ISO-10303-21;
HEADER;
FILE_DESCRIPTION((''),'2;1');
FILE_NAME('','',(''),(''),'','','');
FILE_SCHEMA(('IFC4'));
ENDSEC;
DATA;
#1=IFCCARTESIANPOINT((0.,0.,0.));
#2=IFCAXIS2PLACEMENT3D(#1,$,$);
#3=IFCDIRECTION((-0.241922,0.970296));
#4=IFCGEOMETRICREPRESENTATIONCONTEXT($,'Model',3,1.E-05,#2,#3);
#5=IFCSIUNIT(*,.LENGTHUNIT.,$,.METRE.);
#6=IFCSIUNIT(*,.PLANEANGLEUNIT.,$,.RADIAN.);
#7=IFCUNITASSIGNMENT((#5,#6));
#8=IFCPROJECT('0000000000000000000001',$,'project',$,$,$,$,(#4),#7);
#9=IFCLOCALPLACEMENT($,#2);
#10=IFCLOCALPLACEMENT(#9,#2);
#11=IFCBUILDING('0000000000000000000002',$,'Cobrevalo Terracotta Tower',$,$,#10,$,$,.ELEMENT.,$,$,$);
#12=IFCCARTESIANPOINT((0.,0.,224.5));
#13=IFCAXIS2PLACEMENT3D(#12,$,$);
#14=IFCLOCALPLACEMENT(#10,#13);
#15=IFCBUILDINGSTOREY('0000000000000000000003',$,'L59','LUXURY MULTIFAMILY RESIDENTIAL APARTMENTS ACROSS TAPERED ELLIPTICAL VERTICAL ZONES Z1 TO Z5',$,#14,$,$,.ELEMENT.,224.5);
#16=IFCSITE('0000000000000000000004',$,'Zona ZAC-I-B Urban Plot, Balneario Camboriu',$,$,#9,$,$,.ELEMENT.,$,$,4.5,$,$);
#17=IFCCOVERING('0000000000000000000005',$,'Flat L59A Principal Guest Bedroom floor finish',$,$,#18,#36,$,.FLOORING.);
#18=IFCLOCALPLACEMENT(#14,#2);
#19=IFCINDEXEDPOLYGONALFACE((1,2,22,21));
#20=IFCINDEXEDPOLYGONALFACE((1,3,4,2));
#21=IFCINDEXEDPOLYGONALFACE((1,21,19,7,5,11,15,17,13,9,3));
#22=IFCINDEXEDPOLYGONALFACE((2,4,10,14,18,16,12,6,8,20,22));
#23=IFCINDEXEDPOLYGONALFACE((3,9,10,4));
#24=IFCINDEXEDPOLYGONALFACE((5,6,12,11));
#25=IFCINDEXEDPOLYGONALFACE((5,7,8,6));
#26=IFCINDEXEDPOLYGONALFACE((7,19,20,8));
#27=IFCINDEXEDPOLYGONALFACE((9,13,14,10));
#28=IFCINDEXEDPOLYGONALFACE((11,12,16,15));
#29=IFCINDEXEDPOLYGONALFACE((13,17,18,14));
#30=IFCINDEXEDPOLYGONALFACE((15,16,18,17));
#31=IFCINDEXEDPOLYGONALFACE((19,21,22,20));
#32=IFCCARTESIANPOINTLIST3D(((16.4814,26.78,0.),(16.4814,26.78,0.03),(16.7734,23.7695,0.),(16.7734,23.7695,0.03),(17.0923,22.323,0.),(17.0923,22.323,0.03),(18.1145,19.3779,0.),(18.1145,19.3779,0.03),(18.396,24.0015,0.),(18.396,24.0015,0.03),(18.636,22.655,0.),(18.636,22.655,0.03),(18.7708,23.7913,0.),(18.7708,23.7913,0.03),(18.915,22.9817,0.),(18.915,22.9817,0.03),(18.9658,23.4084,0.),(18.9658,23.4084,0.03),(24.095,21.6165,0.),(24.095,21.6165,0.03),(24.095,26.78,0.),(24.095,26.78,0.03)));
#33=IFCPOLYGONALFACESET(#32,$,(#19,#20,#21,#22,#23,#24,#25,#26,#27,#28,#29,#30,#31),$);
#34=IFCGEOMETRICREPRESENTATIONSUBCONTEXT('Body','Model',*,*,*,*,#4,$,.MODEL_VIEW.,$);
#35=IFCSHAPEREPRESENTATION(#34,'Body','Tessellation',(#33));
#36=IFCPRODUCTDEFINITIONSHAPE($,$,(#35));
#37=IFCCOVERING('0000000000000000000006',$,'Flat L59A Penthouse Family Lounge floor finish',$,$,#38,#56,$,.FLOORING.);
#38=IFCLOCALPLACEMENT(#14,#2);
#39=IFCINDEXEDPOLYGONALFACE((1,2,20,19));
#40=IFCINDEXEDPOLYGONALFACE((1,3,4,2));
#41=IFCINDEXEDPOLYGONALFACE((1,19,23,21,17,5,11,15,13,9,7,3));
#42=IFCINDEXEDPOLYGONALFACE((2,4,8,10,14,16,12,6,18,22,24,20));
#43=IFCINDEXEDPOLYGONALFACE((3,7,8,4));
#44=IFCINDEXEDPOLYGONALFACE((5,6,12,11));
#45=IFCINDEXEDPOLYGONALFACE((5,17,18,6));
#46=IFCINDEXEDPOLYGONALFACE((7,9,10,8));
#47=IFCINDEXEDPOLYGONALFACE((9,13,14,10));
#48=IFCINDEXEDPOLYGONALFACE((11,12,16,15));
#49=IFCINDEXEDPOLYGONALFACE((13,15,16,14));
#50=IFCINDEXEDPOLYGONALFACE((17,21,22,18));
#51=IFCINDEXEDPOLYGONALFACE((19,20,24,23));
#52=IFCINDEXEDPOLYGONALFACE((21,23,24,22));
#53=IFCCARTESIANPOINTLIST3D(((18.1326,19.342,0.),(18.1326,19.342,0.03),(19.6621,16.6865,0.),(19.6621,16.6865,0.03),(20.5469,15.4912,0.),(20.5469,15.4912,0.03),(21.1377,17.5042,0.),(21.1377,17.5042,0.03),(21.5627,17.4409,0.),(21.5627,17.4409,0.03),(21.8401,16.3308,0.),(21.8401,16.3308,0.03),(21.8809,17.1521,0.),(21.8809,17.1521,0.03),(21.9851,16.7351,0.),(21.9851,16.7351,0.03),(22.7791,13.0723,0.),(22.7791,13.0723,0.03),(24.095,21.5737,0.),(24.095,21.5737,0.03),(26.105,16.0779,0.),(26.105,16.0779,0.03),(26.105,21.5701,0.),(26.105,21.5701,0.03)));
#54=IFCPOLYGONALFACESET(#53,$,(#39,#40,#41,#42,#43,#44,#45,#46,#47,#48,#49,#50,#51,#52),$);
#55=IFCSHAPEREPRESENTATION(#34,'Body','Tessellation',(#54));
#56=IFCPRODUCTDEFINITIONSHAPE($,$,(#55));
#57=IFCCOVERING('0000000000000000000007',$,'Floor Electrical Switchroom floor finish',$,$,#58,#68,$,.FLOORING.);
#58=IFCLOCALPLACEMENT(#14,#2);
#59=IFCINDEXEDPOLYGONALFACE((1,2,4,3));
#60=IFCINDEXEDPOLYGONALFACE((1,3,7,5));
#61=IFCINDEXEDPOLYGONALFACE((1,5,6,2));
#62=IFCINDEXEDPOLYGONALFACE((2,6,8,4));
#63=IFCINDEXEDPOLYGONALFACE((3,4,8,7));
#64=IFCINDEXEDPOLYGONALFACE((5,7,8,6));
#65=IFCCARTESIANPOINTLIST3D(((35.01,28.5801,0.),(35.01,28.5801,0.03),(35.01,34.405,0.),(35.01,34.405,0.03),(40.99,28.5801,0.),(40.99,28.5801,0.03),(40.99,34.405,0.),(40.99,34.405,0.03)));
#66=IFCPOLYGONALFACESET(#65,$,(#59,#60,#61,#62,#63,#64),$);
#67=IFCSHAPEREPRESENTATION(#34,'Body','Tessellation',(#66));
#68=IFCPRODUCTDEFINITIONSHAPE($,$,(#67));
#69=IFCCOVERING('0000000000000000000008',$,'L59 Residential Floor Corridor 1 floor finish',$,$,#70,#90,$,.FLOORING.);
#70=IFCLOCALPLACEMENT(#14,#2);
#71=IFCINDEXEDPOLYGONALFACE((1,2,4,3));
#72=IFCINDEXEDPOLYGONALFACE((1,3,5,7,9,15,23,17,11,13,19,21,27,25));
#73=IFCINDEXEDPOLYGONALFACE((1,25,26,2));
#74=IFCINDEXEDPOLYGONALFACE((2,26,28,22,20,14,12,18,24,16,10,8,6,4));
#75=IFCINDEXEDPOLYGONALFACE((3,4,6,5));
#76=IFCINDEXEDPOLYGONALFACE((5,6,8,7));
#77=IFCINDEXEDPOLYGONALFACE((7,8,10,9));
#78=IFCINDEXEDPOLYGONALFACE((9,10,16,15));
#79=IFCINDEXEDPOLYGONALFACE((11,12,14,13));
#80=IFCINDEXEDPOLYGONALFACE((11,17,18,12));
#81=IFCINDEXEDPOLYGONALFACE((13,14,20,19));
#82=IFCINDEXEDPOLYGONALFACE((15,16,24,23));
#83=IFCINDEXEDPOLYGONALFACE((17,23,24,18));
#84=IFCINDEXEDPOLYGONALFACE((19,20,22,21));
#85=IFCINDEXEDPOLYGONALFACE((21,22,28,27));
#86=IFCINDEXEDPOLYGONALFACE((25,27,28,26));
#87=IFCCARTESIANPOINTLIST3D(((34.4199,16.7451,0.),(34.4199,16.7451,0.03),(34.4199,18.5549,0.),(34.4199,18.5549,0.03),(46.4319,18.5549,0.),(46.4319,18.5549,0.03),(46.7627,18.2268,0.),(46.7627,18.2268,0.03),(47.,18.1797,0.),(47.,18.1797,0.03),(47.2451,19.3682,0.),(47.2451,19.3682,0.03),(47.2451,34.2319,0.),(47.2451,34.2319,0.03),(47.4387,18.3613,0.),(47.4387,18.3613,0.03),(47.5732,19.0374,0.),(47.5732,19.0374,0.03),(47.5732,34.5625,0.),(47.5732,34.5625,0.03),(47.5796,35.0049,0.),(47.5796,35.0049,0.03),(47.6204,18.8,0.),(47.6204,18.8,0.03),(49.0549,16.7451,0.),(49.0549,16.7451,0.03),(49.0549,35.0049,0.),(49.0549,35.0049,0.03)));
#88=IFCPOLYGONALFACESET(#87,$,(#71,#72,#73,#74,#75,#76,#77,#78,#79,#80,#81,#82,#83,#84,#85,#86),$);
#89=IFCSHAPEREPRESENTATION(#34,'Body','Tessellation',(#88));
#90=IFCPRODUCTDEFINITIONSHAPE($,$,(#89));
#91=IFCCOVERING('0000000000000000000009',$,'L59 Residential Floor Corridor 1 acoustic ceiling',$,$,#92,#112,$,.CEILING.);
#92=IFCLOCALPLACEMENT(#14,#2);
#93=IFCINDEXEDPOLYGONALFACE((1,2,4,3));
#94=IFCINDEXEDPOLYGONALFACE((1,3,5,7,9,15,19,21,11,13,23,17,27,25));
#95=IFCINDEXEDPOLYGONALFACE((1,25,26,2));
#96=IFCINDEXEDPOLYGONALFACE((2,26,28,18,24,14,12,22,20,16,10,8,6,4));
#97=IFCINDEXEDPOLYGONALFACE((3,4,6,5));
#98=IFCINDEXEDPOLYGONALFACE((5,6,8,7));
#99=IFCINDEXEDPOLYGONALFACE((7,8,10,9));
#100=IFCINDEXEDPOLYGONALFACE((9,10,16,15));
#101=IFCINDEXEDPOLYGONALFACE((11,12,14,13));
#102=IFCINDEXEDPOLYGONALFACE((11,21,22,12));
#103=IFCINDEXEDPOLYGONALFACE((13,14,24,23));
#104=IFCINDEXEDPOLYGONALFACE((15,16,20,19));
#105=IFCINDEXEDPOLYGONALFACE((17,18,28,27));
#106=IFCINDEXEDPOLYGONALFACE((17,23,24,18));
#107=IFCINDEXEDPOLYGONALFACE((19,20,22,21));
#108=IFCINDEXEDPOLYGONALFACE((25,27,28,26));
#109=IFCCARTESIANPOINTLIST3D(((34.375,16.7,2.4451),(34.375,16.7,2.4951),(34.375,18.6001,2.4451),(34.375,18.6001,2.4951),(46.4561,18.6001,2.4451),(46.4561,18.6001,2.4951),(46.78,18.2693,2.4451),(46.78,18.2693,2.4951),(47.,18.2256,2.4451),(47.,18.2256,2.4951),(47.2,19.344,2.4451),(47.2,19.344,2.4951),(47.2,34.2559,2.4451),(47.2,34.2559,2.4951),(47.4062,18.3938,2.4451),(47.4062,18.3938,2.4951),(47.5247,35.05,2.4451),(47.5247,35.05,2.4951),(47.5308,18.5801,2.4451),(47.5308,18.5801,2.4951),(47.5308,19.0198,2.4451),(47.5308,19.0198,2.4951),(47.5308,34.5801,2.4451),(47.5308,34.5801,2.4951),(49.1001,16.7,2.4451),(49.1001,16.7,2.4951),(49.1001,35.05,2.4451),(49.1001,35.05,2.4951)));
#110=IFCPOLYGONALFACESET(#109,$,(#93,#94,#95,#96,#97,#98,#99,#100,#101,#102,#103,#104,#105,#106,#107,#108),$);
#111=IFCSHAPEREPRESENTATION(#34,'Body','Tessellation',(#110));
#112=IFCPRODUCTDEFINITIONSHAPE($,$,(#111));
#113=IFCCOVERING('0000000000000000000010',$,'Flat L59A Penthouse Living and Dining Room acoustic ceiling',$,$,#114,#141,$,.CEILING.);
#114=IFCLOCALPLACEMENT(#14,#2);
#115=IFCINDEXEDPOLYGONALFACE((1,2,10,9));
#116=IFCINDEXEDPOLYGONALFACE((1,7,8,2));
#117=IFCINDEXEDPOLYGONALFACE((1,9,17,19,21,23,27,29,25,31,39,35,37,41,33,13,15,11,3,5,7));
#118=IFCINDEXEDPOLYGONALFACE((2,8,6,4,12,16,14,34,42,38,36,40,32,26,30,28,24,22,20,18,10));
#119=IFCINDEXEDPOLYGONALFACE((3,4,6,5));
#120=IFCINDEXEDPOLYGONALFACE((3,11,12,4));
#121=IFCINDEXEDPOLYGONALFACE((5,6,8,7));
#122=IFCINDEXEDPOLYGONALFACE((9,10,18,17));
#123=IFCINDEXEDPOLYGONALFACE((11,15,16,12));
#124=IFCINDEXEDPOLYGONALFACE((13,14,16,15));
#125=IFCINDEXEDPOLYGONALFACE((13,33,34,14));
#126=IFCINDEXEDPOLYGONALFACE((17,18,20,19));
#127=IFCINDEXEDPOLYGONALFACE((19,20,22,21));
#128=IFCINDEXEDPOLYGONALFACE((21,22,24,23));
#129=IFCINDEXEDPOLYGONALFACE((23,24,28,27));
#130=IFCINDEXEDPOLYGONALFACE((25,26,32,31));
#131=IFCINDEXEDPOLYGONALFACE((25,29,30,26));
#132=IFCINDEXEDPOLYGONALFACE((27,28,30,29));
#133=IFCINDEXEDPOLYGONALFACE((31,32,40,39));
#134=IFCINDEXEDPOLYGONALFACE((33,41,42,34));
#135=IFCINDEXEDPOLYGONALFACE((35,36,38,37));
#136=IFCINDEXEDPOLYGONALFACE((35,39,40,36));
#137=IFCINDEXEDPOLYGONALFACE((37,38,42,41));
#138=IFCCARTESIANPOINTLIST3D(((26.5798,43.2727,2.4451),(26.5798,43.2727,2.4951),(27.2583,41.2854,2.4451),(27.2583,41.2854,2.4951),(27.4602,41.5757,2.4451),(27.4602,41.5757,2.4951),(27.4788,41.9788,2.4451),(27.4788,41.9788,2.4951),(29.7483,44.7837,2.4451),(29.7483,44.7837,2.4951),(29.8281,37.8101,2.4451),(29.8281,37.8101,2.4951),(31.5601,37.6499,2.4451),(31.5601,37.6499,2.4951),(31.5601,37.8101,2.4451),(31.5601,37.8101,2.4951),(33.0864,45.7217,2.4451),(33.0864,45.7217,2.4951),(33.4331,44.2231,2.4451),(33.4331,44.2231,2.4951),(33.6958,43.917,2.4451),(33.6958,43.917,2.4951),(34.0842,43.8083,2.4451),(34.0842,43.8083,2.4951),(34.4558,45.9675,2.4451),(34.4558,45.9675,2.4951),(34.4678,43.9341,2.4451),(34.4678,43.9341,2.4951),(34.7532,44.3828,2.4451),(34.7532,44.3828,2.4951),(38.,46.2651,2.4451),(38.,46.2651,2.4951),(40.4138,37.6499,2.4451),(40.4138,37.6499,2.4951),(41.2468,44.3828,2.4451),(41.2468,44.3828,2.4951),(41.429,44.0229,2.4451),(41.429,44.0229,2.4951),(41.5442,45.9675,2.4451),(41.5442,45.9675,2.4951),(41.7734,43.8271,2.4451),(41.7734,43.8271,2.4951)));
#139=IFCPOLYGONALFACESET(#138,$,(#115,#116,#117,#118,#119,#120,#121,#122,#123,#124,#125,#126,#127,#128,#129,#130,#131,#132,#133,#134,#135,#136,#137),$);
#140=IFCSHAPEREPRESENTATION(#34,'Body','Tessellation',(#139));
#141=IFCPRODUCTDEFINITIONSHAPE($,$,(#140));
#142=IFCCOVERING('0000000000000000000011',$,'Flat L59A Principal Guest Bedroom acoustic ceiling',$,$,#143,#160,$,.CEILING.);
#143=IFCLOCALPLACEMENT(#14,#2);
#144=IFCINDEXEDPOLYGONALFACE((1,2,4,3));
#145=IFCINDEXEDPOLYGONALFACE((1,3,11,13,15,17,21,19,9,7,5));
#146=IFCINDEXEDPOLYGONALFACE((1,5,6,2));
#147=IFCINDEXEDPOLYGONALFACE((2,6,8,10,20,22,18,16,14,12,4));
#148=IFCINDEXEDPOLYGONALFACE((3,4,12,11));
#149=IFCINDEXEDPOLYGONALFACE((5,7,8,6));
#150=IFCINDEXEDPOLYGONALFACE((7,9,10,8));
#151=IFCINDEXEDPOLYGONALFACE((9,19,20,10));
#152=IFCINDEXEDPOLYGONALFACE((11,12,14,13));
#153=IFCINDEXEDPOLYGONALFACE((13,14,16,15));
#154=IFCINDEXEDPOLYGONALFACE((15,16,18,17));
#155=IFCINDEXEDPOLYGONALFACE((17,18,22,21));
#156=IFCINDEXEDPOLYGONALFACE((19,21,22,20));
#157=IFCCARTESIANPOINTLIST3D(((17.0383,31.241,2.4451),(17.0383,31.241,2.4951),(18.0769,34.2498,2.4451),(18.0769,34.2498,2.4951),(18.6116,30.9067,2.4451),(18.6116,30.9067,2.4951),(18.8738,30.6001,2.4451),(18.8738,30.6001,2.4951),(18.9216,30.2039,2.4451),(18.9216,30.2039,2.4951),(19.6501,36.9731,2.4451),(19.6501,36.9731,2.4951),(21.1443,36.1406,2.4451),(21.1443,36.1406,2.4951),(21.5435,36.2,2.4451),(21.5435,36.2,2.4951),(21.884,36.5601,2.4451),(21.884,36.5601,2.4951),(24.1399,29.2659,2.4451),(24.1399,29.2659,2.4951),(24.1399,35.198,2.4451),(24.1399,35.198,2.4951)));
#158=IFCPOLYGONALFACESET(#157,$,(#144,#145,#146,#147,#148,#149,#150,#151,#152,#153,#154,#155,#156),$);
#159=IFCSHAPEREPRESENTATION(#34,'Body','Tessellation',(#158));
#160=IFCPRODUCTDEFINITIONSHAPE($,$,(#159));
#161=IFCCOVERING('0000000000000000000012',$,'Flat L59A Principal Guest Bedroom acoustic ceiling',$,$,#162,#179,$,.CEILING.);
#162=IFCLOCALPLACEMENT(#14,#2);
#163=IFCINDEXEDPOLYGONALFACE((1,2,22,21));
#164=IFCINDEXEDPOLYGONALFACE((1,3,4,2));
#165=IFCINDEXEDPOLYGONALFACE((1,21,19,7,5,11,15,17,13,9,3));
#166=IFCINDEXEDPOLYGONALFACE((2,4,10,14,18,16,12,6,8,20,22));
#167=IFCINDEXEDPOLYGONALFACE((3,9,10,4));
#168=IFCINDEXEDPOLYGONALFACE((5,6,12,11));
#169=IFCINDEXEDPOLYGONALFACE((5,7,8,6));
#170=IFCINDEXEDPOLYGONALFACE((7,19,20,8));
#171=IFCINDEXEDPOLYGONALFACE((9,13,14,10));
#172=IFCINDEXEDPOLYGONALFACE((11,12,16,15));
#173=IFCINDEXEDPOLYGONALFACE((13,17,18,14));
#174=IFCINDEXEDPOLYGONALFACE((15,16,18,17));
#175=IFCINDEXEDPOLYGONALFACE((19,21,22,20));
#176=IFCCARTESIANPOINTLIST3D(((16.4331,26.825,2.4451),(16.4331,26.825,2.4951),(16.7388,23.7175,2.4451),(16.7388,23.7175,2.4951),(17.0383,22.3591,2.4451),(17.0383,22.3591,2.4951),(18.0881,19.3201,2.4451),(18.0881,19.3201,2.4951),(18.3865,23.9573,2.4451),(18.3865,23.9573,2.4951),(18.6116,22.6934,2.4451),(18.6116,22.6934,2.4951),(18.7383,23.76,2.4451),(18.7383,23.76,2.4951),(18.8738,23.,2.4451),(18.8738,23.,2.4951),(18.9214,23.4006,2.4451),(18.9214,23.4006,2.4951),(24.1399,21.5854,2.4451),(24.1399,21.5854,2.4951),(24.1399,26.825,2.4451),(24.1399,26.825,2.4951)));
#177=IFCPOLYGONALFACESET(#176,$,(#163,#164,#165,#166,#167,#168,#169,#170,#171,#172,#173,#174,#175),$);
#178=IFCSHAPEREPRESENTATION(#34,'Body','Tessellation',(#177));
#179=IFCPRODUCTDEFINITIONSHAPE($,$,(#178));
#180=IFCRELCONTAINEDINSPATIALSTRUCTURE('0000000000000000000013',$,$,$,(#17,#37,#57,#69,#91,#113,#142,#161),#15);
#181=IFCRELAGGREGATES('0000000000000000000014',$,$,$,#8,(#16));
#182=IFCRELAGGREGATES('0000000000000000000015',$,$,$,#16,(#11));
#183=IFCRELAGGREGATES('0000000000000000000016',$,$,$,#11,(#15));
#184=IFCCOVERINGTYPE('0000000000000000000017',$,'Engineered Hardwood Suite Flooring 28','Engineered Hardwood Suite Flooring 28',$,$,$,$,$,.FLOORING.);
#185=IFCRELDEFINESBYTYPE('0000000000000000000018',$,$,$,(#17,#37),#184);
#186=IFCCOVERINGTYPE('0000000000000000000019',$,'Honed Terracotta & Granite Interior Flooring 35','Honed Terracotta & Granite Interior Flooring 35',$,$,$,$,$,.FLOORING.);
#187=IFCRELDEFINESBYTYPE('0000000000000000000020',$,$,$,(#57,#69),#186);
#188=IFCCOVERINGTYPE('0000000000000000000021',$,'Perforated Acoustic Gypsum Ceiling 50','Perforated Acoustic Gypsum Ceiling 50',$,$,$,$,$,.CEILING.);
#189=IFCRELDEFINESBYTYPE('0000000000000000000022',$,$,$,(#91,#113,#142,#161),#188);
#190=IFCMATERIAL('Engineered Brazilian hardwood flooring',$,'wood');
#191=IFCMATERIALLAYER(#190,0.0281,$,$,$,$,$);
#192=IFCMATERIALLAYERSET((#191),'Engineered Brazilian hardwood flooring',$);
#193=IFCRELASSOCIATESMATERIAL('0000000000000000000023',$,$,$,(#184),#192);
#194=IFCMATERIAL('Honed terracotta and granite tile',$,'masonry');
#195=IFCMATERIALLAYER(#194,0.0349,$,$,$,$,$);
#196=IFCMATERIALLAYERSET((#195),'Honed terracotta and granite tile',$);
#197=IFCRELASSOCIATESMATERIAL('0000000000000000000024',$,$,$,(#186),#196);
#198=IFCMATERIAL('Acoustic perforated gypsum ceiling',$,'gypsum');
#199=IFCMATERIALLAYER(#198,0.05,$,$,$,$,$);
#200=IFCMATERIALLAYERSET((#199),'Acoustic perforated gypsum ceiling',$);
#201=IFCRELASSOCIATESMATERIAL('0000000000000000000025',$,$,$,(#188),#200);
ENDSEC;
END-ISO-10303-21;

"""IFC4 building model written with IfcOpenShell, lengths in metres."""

from ifc_helpers import new_model, si_unit, direction, frame, origin, place, context, subcontext, project, spatial, polyline, outline, extrude, material, layer, layer_set, type_object, element, save


model = new_model("IFC4")

# Units and contexts
model_context = context("Model", 3, precision=1e-05, world=origin(), true_north=direction((-0.241922, 0.970296)))
body_context = subcontext(model_context, "Body", "Model", "MODEL_VIEW")
ifc_project = project(units=[si_unit("LENGTHUNIT", "METRE"), si_unit("PLANEANGLEUNIT", "RADIAN")], contexts=[model_context])

# Site, building, storey
site_placement = place(None, origin())
site = spatial("IfcSite", under=ifc_project, at=site_placement, Name="Zona ZAC-I-B Urban Plot, Balneario Camboriu", CompositionType="ELEMENT", RefElevation=4.5)
building_placement = place(site_placement, origin())
building = spatial("IfcBuilding", under=site, at=building_placement, Name="Cobrevalo Terracotta Tower", CompositionType="ELEMENT")
storey_placement = place(building_placement, frame((0.0, 0.0, 224.5)))
storey = spatial("IfcBuildingStorey", under=building, at=storey_placement, Name="L59", Description="LUXURY MULTIFAMILY RESIDENTIAL APARTMENTS ACROSS TAPERED ELLIPTICAL VERTICAL ZONES Z1 TO Z5", CompositionType="ELEMENT", Elevation=224.5)

# Coverings
ifc_material_1 = material(Name="Engineered Brazilian hardwood flooring", Category="wood")
ifc_layer_1 = layer(ifc_material_1, 0.0281)
ifc_layer_set_1 = layer_set([ifc_layer_1], Name="Engineered Brazilian hardwood flooring")
covering_type_1 = type_object("IfcCoveringType", Name="Engineered Hardwood Suite Flooring 28", Description="Engineered Hardwood Suite Flooring 28", PredefinedType="FLOORING", material=ifc_layer_set_1)
covering_1_placement = place(storey_placement, origin())
element("IfcCovering", 1, at=covering_1_placement, inside=storey, type_object=covering_type_1, Name="Flat L59A Principal Guest Bedroom floor finish", PredefinedType="FLOORING", context=body_context, shape_type="SweptSolid", body=[
    extrude(outline(polyline([(18.1145, 19.3779), (17.0923, 22.323), (18.636, 22.655), (18.915, 22.9817), (18.9658, 23.4084), (18.7708, 23.7913), (18.396, 24.0015), (16.7734, 23.7695), (16.4814, 26.78), (24.095, 26.78), (24.095, 21.6165), (18.1145, 19.3779)])), origin(), (0.0, 0.0, 1.0), 0.03),
])
covering_2_placement = place(storey_placement, origin())
element("IfcCovering", 2, at=covering_2_placement, inside=storey, type_object=covering_type_1, Name="Flat L59A Penthouse Family Lounge floor finish", PredefinedType="FLOORING", context=body_context, shape_type="SweptSolid", body=[
    extrude(outline(polyline([(22.7791, 13.0723), (20.5469, 15.4912), (21.8401, 16.3308), (21.9851, 16.7351), (21.8809, 17.1521), (21.5627, 17.4409), (21.1377, 17.5042), (19.6621, 16.6865), (18.1326, 19.342), (24.095, 21.5737), (26.105, 21.5701), (26.105, 16.0779), (22.7791, 13.0723)])), origin(), (0.0, 0.0, 1.0), 0.03),
])
ifc_material_2 = material(Name="Honed terracotta and granite tile", Category="masonry")
ifc_layer_2 = layer(ifc_material_2, 0.0349)
ifc_layer_set_2 = layer_set([ifc_layer_2], Name="Honed terracotta and granite tile")
covering_type_2 = type_object("IfcCoveringType", Name="Honed Terracotta & Granite Interior Flooring 35", Description="Honed Terracotta & Granite Interior Flooring 35", PredefinedType="FLOORING", material=ifc_layer_set_2)
covering_3_placement = place(storey_placement, origin())
element("IfcCovering", 3, at=covering_3_placement, inside=storey, type_object=covering_type_2, Name="Floor Electrical Switchroom floor finish", PredefinedType="FLOORING", context=body_context, shape_type="SweptSolid", body=[
    extrude(outline(polyline([(35.01, 34.405), (40.99, 34.405), (40.99, 28.5801), (35.01, 28.5801), (35.01, 34.405)])), origin(), (0.0, 0.0, 1.0), 0.03),
])
covering_4_placement = place(storey_placement, origin())
element("IfcCovering", 4, at=covering_4_placement, inside=storey, type_object=covering_type_2, Name="L59 Residential Floor Corridor 1 floor finish", PredefinedType="FLOORING", context=body_context, shape_type="SweptSolid", body=[
    extrude(outline(polyline([(34.4199, 18.5549), (46.4319, 18.5549), (46.7627, 18.2268), (47.0, 18.1797), (47.4387, 18.3613), (47.6204, 18.8), (47.5732, 19.0374), (47.2451, 19.3682), (47.2451, 34.2319), (47.5732, 34.5625), (47.5796, 35.0049), (49.0549, 35.0049), (49.0549, 16.7451), (34.4199, 16.7451), (34.4199, 18.5549)])), origin(), (0.0, 0.0, 1.0), 0.03),
])
ifc_material_3 = material(Name="Acoustic perforated gypsum ceiling", Category="gypsum")
ifc_layer_3 = layer(ifc_material_3, 0.05)
ifc_layer_set_3 = layer_set([ifc_layer_3], Name="Acoustic perforated gypsum ceiling")
covering_type_3 = type_object("IfcCoveringType", Name="Perforated Acoustic Gypsum Ceiling 50", Description="Perforated Acoustic Gypsum Ceiling 50", PredefinedType="CEILING", material=ifc_layer_set_3)
covering_5_placement = place(storey_placement, frame((0.0, 0.0, 2.4451)))
element("IfcCovering", 5, at=covering_5_placement, inside=storey, type_object=covering_type_3, Name="L59 Residential Floor Corridor 1 acoustic ceiling", PredefinedType="CEILING", context=body_context, shape_type="SweptSolid", body=[
    extrude(outline(polyline([(34.375, 18.6001), (46.4561, 18.6001), (46.78, 18.2693), (47.0, 18.2256), (47.4062, 18.3938), (47.5308, 18.5801), (47.5308, 19.0198), (47.2, 19.344), (47.2, 34.2559), (47.5308, 34.5801), (47.5247, 35.05), (49.1001, 35.05), (49.1001, 16.7), (34.375, 16.7), (34.375, 18.6001)])), origin(), (0.0, 0.0, 1.0), 0.05),
])
covering_6_placement = place(storey_placement, frame((0.0, 0.0, 2.4451)))
element("IfcCovering", 6, at=covering_6_placement, inside=storey, type_object=covering_type_3, Name="Flat L59A Penthouse Living and Dining Room acoustic ceiling", PredefinedType="CEILING", context=body_context, shape_type="SweptSolid", body=[
    extrude(outline(polyline([(29.7483, 44.7837), (33.0864, 45.7217), (33.4331, 44.2231), (33.6958, 43.917), (34.0842, 43.8083), (34.4678, 43.9341), (34.7532, 44.3828), (34.4558, 45.9675), (38.0, 46.2651), (41.5442, 45.9675), (41.2468, 44.3828), (41.429, 44.0229), (41.7734, 43.8271), (40.4138, 37.6499), (31.5601, 37.6499), (31.5601, 37.8101), (29.8281, 37.8101), (27.2583, 41.2854), (27.4602, 41.5757), (27.4788, 41.9788), (26.5798, 43.2727), (29.7483, 44.7837)])), origin(), (0.0, 0.0, 1.0), 0.05),
])
covering_7_placement = place(storey_placement, frame((0.0, 0.0, 2.4451)))
element("IfcCovering", 7, at=covering_7_placement, inside=storey, type_object=covering_type_3, Name="Flat L59A Principal Guest Bedroom acoustic ceiling", PredefinedType="CEILING", context=body_context, shape_type="SweptSolid", body=[
    extrude(outline(polyline([(18.0769, 34.2498), (19.6501, 36.9731), (21.1443, 36.1406), (21.5435, 36.2), (21.884, 36.5601), (24.1399, 35.198), (24.1399, 29.2659), (18.9216, 30.2039), (18.8738, 30.6001), (18.6116, 30.9067), (17.0383, 31.241), (18.0769, 34.2498)])), origin(), (0.0, 0.0, 1.0), 0.05),
])
covering_8_placement = place(storey_placement, frame((0.0, 0.0, 2.4451)))
element("IfcCovering", 8, at=covering_8_placement, inside=storey, type_object=covering_type_3, Name="Flat L59A Principal Guest Bedroom acoustic ceiling", PredefinedType="CEILING", context=body_context, shape_type="SweptSolid", body=[
    extrude(outline(polyline([(18.0881, 19.3201), (17.0383, 22.3591), (18.6116, 22.6934), (18.8738, 23.0), (18.9214, 23.4006), (18.7383, 23.76), (18.3865, 23.9573), (16.7388, 23.7175), (16.4331, 26.825), (24.1399, 26.825), (24.1399, 21.5854), (18.0881, 19.3201)])), origin(), (0.0, 0.0, 1.0), 0.05),
])

save(model, "model.ifc")
